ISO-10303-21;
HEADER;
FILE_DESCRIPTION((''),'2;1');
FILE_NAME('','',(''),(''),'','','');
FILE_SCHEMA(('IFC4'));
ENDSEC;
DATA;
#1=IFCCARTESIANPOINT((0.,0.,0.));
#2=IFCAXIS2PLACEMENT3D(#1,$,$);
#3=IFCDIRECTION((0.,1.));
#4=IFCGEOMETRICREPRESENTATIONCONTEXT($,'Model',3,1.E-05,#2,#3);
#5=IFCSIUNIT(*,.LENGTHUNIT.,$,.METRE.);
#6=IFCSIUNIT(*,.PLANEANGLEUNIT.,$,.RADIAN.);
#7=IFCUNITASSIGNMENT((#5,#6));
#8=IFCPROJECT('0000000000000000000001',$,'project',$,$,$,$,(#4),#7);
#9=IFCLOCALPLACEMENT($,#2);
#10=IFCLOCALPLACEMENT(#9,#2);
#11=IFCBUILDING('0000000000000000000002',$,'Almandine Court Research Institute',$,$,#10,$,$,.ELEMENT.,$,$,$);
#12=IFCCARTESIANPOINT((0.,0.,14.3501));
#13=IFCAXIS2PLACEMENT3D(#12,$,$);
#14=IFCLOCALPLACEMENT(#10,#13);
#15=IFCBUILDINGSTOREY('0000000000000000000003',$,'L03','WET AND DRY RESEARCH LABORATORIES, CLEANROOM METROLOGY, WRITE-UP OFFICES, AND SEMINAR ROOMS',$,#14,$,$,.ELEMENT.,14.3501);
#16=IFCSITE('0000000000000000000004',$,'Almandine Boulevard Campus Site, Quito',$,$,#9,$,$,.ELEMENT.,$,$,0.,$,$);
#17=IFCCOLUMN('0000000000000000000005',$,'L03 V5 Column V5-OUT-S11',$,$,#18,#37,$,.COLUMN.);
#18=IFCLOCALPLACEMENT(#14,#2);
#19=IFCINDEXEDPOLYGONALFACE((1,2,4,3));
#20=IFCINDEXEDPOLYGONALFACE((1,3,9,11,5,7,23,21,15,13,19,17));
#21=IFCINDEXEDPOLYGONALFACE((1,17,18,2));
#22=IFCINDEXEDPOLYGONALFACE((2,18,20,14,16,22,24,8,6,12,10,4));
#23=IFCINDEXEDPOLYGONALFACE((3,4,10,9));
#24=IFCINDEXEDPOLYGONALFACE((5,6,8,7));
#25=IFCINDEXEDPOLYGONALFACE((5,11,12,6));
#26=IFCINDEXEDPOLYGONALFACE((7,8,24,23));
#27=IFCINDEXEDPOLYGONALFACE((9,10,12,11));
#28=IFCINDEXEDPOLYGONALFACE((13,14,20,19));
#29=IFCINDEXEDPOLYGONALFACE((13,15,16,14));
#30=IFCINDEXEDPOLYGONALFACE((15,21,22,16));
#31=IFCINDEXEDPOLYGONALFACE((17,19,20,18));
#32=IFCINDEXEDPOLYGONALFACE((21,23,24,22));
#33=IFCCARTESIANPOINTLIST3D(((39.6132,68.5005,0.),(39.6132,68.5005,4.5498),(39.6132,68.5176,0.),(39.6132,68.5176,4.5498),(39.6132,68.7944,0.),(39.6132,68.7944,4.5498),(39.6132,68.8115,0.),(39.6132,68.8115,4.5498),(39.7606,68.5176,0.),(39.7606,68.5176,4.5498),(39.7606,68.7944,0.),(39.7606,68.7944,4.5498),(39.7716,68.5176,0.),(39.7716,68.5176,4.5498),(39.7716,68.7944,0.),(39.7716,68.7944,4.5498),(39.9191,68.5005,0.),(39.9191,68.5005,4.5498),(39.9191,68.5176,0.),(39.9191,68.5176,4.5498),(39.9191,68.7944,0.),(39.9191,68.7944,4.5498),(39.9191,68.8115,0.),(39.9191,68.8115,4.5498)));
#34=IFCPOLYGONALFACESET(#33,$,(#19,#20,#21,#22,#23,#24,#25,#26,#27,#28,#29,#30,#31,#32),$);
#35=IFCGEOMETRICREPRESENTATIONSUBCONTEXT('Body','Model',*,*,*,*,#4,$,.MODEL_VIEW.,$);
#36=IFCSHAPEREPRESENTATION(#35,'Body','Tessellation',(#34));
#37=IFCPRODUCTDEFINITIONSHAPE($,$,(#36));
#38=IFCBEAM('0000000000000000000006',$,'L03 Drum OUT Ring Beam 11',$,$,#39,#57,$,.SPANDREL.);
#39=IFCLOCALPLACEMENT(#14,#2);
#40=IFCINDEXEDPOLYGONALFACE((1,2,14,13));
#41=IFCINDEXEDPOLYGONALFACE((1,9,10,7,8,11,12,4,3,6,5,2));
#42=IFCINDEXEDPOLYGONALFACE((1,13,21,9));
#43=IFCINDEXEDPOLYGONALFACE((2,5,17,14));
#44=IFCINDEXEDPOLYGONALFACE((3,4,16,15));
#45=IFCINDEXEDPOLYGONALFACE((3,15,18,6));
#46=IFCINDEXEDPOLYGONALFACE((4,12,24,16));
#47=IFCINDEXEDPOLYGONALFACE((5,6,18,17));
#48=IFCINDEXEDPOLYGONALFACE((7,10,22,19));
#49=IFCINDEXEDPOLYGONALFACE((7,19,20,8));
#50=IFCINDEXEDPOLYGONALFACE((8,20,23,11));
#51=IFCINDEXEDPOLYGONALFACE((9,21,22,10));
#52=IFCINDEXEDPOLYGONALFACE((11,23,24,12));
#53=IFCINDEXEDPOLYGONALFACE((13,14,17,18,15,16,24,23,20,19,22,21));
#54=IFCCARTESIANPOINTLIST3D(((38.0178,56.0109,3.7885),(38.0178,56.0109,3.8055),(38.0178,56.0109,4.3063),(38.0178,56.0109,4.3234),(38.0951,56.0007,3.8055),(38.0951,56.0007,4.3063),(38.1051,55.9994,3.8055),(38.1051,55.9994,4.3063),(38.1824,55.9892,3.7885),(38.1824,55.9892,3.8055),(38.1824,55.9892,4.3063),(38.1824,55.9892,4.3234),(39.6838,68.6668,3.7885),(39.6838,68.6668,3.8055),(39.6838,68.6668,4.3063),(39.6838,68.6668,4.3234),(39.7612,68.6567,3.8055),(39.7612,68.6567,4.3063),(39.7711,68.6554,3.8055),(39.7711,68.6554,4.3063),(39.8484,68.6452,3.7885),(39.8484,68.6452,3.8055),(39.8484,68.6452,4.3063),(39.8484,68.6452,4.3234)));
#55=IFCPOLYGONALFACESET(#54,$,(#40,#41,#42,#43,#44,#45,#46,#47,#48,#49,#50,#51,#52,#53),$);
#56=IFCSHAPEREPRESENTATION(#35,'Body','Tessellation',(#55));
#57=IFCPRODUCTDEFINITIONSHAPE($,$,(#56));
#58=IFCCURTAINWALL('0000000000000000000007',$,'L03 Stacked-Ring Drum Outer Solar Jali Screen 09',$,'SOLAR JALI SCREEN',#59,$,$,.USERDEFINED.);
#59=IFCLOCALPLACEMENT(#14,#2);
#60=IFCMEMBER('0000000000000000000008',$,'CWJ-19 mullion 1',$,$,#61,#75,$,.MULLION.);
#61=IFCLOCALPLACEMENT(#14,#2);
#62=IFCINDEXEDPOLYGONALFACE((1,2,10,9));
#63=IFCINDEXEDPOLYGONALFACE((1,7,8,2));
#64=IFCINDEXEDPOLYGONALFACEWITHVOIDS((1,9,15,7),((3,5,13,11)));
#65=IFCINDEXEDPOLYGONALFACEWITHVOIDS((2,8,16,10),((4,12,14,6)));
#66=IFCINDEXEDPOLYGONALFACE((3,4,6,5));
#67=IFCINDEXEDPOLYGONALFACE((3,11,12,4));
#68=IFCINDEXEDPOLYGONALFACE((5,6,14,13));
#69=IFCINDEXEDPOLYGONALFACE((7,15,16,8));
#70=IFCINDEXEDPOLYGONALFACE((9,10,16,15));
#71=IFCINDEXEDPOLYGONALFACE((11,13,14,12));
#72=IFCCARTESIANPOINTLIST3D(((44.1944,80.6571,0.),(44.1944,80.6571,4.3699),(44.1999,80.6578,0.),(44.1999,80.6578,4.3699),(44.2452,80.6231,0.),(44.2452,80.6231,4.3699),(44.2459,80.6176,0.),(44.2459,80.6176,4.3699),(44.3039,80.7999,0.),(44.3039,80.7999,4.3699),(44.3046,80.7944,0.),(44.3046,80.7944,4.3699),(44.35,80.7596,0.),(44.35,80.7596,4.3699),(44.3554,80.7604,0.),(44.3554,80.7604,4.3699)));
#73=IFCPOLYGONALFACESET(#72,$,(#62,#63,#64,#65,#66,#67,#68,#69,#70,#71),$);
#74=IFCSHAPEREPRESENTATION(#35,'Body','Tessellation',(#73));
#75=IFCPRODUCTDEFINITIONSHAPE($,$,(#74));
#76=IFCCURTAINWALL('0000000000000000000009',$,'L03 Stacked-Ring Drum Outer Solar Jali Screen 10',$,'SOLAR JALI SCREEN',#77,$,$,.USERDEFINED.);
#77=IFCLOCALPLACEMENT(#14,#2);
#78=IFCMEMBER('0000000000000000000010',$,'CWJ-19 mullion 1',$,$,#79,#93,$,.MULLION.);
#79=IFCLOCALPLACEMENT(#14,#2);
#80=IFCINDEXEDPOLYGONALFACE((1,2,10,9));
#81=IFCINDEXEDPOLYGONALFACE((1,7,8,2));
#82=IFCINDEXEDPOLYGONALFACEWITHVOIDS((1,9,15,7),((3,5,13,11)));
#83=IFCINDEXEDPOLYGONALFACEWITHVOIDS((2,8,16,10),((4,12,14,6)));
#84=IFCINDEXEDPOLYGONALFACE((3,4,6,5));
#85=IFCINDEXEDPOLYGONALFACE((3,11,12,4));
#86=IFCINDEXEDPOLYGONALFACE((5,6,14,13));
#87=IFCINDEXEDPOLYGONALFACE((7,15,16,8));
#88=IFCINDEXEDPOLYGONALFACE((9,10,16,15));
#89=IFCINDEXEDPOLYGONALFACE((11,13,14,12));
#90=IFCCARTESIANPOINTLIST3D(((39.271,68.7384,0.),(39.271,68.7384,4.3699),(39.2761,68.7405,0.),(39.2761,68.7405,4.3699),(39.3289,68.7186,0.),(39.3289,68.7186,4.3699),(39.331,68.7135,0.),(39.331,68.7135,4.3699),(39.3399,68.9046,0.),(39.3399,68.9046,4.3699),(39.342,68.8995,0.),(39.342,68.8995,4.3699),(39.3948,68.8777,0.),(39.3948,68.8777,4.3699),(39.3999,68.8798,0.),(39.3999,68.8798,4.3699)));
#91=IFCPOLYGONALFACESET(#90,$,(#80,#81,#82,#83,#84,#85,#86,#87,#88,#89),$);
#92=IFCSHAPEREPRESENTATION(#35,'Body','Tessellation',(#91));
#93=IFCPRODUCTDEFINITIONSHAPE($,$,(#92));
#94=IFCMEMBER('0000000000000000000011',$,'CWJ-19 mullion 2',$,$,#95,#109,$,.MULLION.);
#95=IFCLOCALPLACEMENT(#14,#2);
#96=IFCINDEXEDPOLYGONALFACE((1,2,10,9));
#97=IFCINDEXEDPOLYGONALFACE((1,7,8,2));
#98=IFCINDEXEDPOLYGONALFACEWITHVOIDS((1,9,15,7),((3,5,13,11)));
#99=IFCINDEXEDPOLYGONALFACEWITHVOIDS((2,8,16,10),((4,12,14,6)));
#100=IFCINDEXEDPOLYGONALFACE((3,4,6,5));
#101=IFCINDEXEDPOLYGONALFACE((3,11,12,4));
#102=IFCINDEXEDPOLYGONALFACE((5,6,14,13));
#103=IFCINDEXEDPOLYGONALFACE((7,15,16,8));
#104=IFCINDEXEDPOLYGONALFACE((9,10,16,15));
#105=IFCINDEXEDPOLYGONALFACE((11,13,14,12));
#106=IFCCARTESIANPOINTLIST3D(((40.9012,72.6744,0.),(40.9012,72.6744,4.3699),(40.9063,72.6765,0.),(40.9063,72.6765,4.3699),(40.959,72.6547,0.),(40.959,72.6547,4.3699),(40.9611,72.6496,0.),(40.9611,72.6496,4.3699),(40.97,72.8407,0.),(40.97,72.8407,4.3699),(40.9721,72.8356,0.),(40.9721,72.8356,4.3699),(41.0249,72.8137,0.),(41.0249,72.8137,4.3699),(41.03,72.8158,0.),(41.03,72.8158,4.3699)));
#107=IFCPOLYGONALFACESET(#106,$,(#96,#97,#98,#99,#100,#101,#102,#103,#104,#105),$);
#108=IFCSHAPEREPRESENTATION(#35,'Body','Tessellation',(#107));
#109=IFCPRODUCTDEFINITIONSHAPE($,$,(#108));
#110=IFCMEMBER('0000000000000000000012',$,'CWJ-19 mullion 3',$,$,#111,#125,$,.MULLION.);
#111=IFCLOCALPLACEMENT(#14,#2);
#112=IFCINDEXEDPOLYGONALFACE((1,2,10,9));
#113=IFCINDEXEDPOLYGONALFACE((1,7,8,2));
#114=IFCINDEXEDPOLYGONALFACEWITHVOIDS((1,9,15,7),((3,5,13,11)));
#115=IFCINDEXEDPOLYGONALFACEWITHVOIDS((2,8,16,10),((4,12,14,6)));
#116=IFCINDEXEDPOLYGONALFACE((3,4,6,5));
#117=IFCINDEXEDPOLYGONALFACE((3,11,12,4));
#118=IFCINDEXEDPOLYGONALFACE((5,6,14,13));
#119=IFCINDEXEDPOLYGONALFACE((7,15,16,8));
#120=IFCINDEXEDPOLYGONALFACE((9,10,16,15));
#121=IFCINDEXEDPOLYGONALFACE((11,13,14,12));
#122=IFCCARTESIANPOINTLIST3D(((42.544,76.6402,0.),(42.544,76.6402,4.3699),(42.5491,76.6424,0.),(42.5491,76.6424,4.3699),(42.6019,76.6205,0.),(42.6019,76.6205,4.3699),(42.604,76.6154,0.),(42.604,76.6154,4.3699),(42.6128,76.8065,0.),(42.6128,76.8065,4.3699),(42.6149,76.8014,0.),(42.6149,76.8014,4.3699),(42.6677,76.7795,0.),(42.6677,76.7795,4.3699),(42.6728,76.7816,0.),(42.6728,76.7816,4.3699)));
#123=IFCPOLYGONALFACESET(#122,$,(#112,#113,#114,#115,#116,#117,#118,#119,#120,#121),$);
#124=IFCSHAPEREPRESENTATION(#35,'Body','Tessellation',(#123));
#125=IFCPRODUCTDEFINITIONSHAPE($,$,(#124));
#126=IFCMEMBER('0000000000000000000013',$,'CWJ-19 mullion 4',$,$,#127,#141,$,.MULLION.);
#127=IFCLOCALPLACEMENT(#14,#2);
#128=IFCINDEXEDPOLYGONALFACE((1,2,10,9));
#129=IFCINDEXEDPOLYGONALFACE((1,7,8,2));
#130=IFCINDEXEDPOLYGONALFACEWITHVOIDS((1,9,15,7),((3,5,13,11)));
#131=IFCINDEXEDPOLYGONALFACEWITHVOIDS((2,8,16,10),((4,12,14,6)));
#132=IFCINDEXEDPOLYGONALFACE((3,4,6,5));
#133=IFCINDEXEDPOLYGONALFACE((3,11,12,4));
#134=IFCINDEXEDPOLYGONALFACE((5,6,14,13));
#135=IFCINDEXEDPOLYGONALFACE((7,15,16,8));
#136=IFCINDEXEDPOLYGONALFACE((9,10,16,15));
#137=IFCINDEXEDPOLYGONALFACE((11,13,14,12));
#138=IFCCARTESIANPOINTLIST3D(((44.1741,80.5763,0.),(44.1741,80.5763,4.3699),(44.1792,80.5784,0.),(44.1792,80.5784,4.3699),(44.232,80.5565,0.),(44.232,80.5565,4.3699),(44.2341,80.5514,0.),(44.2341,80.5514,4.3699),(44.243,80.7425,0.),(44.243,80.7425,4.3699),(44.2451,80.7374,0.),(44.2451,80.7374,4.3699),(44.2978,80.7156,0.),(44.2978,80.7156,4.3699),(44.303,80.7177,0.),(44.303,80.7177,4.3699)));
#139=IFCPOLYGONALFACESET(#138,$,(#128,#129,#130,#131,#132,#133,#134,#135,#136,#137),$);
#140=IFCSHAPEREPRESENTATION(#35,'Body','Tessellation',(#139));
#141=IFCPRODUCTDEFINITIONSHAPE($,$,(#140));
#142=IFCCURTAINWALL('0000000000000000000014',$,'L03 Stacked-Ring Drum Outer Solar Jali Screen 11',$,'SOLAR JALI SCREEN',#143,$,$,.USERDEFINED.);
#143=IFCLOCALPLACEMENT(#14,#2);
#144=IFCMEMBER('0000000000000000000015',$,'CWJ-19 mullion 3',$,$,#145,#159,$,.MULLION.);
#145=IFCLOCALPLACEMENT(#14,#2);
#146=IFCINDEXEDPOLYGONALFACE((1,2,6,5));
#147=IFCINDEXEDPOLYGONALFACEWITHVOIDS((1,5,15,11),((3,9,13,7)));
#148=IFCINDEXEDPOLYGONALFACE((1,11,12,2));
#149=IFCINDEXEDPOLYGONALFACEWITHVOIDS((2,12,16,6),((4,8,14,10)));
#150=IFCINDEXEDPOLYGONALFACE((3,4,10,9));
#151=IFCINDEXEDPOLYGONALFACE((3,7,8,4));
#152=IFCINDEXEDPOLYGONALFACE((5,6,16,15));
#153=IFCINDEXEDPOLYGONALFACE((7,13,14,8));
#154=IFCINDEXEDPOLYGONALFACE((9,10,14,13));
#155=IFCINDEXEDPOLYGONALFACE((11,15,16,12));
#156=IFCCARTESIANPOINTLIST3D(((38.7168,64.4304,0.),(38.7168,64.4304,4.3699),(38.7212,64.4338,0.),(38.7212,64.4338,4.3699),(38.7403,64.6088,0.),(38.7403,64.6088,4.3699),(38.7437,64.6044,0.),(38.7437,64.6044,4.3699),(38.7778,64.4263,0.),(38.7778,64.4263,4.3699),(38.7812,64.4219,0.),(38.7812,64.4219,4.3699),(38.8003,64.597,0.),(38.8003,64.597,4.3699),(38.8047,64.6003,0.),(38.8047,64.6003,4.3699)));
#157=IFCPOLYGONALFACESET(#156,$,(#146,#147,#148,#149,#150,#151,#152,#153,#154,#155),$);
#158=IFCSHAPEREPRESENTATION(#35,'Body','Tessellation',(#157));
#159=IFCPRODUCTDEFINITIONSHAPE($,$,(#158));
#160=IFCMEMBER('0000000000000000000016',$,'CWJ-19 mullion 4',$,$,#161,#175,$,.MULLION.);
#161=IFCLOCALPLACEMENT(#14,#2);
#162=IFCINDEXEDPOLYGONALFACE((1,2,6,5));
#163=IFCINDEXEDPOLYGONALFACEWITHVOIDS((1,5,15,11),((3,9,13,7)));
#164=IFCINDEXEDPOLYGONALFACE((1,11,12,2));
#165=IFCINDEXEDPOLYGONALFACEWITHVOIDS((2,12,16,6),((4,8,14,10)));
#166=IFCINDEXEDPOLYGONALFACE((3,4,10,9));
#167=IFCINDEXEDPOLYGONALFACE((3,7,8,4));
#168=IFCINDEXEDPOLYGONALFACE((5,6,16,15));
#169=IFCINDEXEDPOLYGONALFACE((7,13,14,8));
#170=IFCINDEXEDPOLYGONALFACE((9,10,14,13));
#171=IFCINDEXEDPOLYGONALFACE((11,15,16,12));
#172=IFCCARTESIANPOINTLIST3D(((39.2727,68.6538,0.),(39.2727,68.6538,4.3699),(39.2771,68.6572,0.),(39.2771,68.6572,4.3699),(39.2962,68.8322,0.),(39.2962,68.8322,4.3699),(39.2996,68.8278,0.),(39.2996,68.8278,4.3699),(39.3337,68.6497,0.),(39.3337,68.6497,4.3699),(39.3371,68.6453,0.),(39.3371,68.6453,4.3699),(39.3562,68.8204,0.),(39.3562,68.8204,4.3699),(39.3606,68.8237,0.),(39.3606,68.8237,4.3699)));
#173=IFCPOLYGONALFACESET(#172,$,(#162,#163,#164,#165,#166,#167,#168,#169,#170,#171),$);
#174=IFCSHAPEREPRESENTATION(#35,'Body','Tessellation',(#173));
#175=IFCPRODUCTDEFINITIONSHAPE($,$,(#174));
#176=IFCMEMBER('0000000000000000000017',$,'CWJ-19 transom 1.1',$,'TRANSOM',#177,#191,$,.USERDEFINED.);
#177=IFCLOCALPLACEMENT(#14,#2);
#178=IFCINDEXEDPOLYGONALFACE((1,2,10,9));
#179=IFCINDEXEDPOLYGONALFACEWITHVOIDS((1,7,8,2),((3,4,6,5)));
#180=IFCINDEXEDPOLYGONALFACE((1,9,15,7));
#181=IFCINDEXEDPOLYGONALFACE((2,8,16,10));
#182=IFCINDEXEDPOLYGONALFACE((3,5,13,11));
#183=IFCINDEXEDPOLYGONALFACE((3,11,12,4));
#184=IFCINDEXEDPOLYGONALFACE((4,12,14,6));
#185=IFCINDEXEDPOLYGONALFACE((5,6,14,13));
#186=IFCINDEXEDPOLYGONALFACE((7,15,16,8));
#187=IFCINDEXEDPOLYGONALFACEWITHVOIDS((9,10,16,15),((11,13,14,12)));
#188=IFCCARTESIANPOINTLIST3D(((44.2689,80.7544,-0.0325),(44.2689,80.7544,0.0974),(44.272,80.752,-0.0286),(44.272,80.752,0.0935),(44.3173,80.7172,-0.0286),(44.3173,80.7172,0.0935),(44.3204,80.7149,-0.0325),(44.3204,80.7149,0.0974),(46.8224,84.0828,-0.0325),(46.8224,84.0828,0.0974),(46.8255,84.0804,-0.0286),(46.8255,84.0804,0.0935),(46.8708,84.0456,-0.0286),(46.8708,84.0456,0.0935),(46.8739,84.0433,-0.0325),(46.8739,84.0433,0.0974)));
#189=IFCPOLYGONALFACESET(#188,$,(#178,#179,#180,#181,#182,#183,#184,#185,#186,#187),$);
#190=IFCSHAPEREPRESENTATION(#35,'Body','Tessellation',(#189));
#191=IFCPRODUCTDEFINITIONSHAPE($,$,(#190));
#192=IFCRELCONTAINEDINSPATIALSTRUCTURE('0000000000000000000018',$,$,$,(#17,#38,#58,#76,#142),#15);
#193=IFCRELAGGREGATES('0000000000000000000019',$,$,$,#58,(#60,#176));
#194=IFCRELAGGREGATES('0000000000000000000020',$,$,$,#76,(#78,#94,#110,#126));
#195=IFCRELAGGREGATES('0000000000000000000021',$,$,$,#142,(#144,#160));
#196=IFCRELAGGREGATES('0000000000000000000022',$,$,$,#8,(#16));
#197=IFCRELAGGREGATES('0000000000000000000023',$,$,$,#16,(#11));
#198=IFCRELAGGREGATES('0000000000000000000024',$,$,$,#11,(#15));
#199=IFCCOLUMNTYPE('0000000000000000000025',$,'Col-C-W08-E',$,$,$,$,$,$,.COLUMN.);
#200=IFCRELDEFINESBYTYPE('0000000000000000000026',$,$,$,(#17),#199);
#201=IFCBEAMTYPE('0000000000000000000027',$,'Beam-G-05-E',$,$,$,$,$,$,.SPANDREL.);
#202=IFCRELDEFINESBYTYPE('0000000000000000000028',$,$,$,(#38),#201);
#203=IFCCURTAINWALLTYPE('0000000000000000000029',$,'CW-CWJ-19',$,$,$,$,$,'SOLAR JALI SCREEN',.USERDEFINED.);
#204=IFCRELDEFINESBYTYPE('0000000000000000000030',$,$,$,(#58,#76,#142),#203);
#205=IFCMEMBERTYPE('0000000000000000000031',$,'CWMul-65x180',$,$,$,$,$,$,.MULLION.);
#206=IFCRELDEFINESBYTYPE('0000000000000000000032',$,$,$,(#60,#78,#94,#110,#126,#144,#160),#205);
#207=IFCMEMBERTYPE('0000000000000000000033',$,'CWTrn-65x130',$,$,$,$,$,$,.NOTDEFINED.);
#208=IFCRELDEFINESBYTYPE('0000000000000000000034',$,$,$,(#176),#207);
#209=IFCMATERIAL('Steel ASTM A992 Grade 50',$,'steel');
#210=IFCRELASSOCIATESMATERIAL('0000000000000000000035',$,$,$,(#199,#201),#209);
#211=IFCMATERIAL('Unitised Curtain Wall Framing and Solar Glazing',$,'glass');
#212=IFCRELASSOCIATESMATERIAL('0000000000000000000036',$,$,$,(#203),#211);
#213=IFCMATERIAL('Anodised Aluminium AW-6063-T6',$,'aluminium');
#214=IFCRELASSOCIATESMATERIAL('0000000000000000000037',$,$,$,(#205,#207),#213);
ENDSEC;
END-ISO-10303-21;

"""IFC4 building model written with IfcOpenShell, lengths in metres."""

from ifc_helpers import new_model, si_unit, direction, frame, origin, origin_2d, place, context, subcontext, project, spatial, hollow_rectangle, i_section, extrude, material, material_profile, profile_set, type_object, element, aggregate, save


model = new_model("IFC4")

# Units and contexts
model_context = context("Model", 3, precision=1e-05, world=origin(), true_north=direction((0.0, 1.0)))
body_context = subcontext(model_context, "Body", "Model", "MODEL_VIEW")
ifc_project = project(units=[si_unit("LENGTHUNIT", "METRE"), si_unit("PLANEANGLEUNIT", "RADIAN")], contexts=[model_context])

# Site, building, storey
site_placement = place(None, origin())
site = spatial("IfcSite", under=ifc_project, at=site_placement, Name="Almandine Boulevard Campus Site, Quito", CompositionType="ELEMENT", RefElevation=0.0)
building_placement = place(site_placement, origin())
building = spatial("IfcBuilding", under=site, at=building_placement, Name="Almandine Court Research Institute", CompositionType="ELEMENT")
storey_placement = place(building_placement, frame((0.0, 0.0, 14.3501)))
storey = spatial("IfcBuildingStorey", under=building, at=storey_placement, Name="L03", Description="WET AND DRY RESEARCH LABORATORIES, CLEANROOM METROLOGY, WRITE-UP OFFICES, AND SEMINAR ROOMS", CompositionType="ELEMENT", Elevation=14.3501)

# Column
ifc_material_1 = material(Name="Steel ASTM A992 Grade 50", Category="steel")
ifc_material_profile_1 = material_profile(ifc_material_1, i_section(OverallWidth=0.3059, OverallDepth=0.311, WebThickness=0.011, FlangeThickness=0.0171, at=origin_2d()), Name="W310x107")
ifc_profile_set_1 = profile_set([ifc_material_profile_1], Name="Steel ASTM A992 Grade 50")
column_type = type_object("IfcColumnType", Name="Col-C-W08-E", PredefinedType="COLUMN", material=ifc_profile_set_1)
column_placement = place(storey_placement, frame((39.7661, 68.656, 0.0), z_axis=(0.0, 0.0, 1.0), x_axis=(1.0, 0.0, 0.0)))
element("IfcColumn", 1, at=column_placement, inside=storey, type_object=column_type, Name="L03 V5 Column V5-OUT-S11", PredefinedType="COLUMN", context=body_context, shape_type="SweptSolid", body=[
    extrude(i_section(OverallWidth=0.3059, OverallDepth=0.311, WebThickness=0.011, FlangeThickness=0.0171, at=origin_2d()), origin(), (0.0, 0.0, 1.0), 4.5498),
])

# Beam
ifc_material_profile_2 = material_profile(ifc_material_1, i_section(OverallWidth=0.166, OverallDepth=0.5349, WebThickness=0.01, FlangeThickness=0.0171, at=origin_2d()), Name="W530x85")
ifc_profile_set_2 = profile_set([ifc_material_profile_2], Name="Steel ASTM A992 Grade 50")
beam_type = type_object("IfcBeamType", Name="Beam-G-05-E", PredefinedType="SPANDREL", material=ifc_profile_set_2)
beam_placement = place(storey_placement, frame((39.7661, 68.656, 4.0559), z_axis=(-0.130512, -0.991447, 0.0), x_axis=(0.991447, -0.130512, 0.0)))
element("IfcBeam", 2, at=beam_placement, inside=storey, type_object=beam_type, Name="L03 Drum OUT Ring Beam 11", PredefinedType="SPANDREL", context=body_context, shape_type="SweptSolid", body=[
    extrude(i_section(OverallWidth=0.166, OverallDepth=0.5349, WebThickness=0.01, FlangeThickness=0.0171, at=origin_2d()), origin(), (0.0, 0.0, 1.0), 12.7651),
])

# Curtain wall, member
ifc_material_2 = material(Name="Unitised Curtain Wall Framing and Solar Glazing", Category="glass")
curtain_wall_type = type_object("IfcCurtainWallType", Name="CW-CWJ-19", ElementType="SOLAR JALI SCREEN", PredefinedType="USERDEFINED", material=ifc_material_2)
curtain_wall_1_placement = place(storey_placement, origin())
curtain_wall_1 = element("IfcCurtainWall", 3, at=curtain_wall_1_placement, inside=storey, type_object=curtain_wall_type, Name="L03 Stacked-Ring Drum Outer Solar Jali Screen 09", ObjectType="SOLAR JALI SCREEN", PredefinedType="USERDEFINED")
ifc_material_3 = material(Name="Anodised Aluminium AW-6063-T6", Category="aluminium")
ifc_material_profile_3 = material_profile(ifc_material_3, hollow_rectangle(XDim=0.0649, YDim=0.1799, WallThickness=0.0039, at=origin_2d()), Name="ALU RHS 65x180x4")
ifc_profile_set_3 = profile_set([ifc_material_profile_3], Name="Anodised Aluminium AW-6063-T6")
member_type_1 = type_object("IfcMemberType", Name="CWMul-65x180", PredefinedType="MULLION", material=ifc_profile_set_3)
member_1_placement = place(storey_placement, frame((44.2749, 80.7087, 0.0), z_axis=(0.0, 0.0, 1.0), x_axis=(-0.793383, 0.608723, 0.0)))
member_1 = element("IfcMember", 4, at=member_1_placement, type_object=member_type_1, Name="CWJ-19 mullion 1", PredefinedType="MULLION", context=body_context, shape_type="SweptSolid", body=[
    extrude(hollow_rectangle(XDim=0.0649, YDim=0.1799, WallThickness=0.0039, at=origin_2d()), origin(), (0.0, 0.0, 1.0), 4.3699),
])

# Curtain walls, members
curtain_wall_2_placement = place(storey_placement, origin())
curtain_wall_2 = element("IfcCurtainWall", 5, at=curtain_wall_2_placement, inside=storey, type_object=curtain_wall_type, Name="L03 Stacked-Ring Drum Outer Solar Jali Screen 10", ObjectType="SOLAR JALI SCREEN", PredefinedType="USERDEFINED")
member_2_placement = place(storey_placement, frame((39.3354, 68.8091, 0.0), z_axis=(0.0, 0.0, 1.0), x_axis=(-0.923888, 0.382663, 0.0)))
member_2 = element("IfcMember", 6, at=member_2_placement, type_object=member_type_1, Name="CWJ-19 mullion 1", PredefinedType="MULLION", context=body_context, shape_type="SweptSolid", body=[
    extrude(hollow_rectangle(XDim=0.0649, YDim=0.1799, WallThickness=0.0039, at=origin_2d()), origin(), (0.0, 0.0, 1.0), 4.3699),
])
member_3_placement = place(storey_placement, frame((40.9656, 72.7451, 0.0), z_axis=(0.0, 0.0, 1.0), x_axis=(-0.923888, 0.382663, 0.0)))
member_3 = element("IfcMember", 7, at=member_3_placement, type_object=member_type_1, Name="CWJ-19 mullion 2", PredefinedType="MULLION", context=body_context, shape_type="SweptSolid", body=[
    extrude(hollow_rectangle(XDim=0.0649, YDim=0.1799, WallThickness=0.0039, at=origin_2d()), origin(), (0.0, 0.0, 1.0), 4.3699),
])
member_4_placement = place(storey_placement, frame((42.6084, 76.7109, 0.0), z_axis=(0.0, 0.0, 1.0), x_axis=(-0.923888, 0.382663, 0.0)))
member_4 = element("IfcMember", 8, at=member_4_placement, type_object=member_type_1, Name="CWJ-19 mullion 3", PredefinedType="MULLION", context=body_context, shape_type="SweptSolid", body=[
    extrude(hollow_rectangle(XDim=0.0649, YDim=0.1799, WallThickness=0.0039, at=origin_2d()), origin(), (0.0, 0.0, 1.0), 4.3699),
])
member_5_placement = place(storey_placement, frame((44.2385, 80.647, 0.0), z_axis=(0.0, 0.0, 1.0), x_axis=(-0.923888, 0.382663, 0.0)))
member_5 = element("IfcMember", 9, at=member_5_placement, type_object=member_type_1, Name="CWJ-19 mullion 4", PredefinedType="MULLION", context=body_context, shape_type="SweptSolid", body=[
    extrude(hollow_rectangle(XDim=0.0649, YDim=0.1799, WallThickness=0.0039, at=origin_2d()), origin(), (0.0, 0.0, 1.0), 4.3699),
])
curtain_wall_3_placement = place(storey_placement, origin())
curtain_wall_3 = element("IfcCurtainWall", 10, at=curtain_wall_3_placement, inside=storey, type_object=curtain_wall_type, Name="L03 Stacked-Ring Drum Outer Solar Jali Screen 11", ObjectType="SOLAR JALI SCREEN", PredefinedType="USERDEFINED")
member_6_placement = place(storey_placement, frame((38.7607, 64.5154, 0.0), z_axis=(0.0, 0.0, 1.0), x_axis=(-0.991443, 0.130541, 0.0)))
member_6 = element("IfcMember", 11, at=member_6_placement, type_object=member_type_1, Name="CWJ-19 mullion 3", PredefinedType="MULLION", context=body_context, shape_type="SweptSolid", body=[
    extrude(hollow_rectangle(XDim=0.0649, YDim=0.1799, WallThickness=0.0039, at=origin_2d()), origin(), (0.0, 0.0, 1.0), 4.3699),
])
member_7_placement = place(storey_placement, frame((39.3167, 68.7388, 0.0), z_axis=(0.0, 0.0, 1.0), x_axis=(-0.991443, 0.130541, 0.0)))
member_7 = element("IfcMember", 12, at=member_7_placement, type_object=member_type_1, Name="CWJ-19 mullion 4", PredefinedType="MULLION", context=body_context, shape_type="SweptSolid", body=[
    extrude(hollow_rectangle(XDim=0.0649, YDim=0.1799, WallThickness=0.0039, at=origin_2d()), origin(), (0.0, 0.0, 1.0), 4.3699),
])

# Member
ifc_material_profile_4 = material_profile(ifc_material_3, hollow_rectangle(XDim=0.0649, YDim=0.1299, WallThickness=0.0039, at=origin_2d()), Name="ALU RHS 65x130x4")
ifc_profile_set_4 = profile_set([ifc_material_profile_4], Name="Anodised Aluminium AW-6063-T6")
member_type_2 = type_object("IfcMemberType", Name="CWTrn-65x130", PredefinedType="NOTDEFINED", material=ifc_profile_set_4)
member_8_placement = place(storey_placement, frame((44.2947, 80.7346, 0.0325), z_axis=(0.608689, 0.793409, 0.0), x_axis=(-0.793409, 0.608689, 0.0)))
member_8 = element("IfcMember", 13, at=member_8_placement, type_object=member_type_2, Name="CWJ-19 transom 1.1", ObjectType="TRANSOM", PredefinedType="USERDEFINED", context=body_context, shape_type="SweptSolid", body=[
    extrude(hollow_rectangle(XDim=0.0649, YDim=0.1299, WallThickness=0.0039, at=origin_2d()), origin(), (0.0, 0.0, 1.0), 4.1951),
])
aggregate(curtain_wall_1, [member_1, member_8])

aggregate(curtain_wall_2, [member_2, member_3, member_4, member_5])
aggregate(curtain_wall_3, [member_6, member_7])

save(model, "model.ifc")
